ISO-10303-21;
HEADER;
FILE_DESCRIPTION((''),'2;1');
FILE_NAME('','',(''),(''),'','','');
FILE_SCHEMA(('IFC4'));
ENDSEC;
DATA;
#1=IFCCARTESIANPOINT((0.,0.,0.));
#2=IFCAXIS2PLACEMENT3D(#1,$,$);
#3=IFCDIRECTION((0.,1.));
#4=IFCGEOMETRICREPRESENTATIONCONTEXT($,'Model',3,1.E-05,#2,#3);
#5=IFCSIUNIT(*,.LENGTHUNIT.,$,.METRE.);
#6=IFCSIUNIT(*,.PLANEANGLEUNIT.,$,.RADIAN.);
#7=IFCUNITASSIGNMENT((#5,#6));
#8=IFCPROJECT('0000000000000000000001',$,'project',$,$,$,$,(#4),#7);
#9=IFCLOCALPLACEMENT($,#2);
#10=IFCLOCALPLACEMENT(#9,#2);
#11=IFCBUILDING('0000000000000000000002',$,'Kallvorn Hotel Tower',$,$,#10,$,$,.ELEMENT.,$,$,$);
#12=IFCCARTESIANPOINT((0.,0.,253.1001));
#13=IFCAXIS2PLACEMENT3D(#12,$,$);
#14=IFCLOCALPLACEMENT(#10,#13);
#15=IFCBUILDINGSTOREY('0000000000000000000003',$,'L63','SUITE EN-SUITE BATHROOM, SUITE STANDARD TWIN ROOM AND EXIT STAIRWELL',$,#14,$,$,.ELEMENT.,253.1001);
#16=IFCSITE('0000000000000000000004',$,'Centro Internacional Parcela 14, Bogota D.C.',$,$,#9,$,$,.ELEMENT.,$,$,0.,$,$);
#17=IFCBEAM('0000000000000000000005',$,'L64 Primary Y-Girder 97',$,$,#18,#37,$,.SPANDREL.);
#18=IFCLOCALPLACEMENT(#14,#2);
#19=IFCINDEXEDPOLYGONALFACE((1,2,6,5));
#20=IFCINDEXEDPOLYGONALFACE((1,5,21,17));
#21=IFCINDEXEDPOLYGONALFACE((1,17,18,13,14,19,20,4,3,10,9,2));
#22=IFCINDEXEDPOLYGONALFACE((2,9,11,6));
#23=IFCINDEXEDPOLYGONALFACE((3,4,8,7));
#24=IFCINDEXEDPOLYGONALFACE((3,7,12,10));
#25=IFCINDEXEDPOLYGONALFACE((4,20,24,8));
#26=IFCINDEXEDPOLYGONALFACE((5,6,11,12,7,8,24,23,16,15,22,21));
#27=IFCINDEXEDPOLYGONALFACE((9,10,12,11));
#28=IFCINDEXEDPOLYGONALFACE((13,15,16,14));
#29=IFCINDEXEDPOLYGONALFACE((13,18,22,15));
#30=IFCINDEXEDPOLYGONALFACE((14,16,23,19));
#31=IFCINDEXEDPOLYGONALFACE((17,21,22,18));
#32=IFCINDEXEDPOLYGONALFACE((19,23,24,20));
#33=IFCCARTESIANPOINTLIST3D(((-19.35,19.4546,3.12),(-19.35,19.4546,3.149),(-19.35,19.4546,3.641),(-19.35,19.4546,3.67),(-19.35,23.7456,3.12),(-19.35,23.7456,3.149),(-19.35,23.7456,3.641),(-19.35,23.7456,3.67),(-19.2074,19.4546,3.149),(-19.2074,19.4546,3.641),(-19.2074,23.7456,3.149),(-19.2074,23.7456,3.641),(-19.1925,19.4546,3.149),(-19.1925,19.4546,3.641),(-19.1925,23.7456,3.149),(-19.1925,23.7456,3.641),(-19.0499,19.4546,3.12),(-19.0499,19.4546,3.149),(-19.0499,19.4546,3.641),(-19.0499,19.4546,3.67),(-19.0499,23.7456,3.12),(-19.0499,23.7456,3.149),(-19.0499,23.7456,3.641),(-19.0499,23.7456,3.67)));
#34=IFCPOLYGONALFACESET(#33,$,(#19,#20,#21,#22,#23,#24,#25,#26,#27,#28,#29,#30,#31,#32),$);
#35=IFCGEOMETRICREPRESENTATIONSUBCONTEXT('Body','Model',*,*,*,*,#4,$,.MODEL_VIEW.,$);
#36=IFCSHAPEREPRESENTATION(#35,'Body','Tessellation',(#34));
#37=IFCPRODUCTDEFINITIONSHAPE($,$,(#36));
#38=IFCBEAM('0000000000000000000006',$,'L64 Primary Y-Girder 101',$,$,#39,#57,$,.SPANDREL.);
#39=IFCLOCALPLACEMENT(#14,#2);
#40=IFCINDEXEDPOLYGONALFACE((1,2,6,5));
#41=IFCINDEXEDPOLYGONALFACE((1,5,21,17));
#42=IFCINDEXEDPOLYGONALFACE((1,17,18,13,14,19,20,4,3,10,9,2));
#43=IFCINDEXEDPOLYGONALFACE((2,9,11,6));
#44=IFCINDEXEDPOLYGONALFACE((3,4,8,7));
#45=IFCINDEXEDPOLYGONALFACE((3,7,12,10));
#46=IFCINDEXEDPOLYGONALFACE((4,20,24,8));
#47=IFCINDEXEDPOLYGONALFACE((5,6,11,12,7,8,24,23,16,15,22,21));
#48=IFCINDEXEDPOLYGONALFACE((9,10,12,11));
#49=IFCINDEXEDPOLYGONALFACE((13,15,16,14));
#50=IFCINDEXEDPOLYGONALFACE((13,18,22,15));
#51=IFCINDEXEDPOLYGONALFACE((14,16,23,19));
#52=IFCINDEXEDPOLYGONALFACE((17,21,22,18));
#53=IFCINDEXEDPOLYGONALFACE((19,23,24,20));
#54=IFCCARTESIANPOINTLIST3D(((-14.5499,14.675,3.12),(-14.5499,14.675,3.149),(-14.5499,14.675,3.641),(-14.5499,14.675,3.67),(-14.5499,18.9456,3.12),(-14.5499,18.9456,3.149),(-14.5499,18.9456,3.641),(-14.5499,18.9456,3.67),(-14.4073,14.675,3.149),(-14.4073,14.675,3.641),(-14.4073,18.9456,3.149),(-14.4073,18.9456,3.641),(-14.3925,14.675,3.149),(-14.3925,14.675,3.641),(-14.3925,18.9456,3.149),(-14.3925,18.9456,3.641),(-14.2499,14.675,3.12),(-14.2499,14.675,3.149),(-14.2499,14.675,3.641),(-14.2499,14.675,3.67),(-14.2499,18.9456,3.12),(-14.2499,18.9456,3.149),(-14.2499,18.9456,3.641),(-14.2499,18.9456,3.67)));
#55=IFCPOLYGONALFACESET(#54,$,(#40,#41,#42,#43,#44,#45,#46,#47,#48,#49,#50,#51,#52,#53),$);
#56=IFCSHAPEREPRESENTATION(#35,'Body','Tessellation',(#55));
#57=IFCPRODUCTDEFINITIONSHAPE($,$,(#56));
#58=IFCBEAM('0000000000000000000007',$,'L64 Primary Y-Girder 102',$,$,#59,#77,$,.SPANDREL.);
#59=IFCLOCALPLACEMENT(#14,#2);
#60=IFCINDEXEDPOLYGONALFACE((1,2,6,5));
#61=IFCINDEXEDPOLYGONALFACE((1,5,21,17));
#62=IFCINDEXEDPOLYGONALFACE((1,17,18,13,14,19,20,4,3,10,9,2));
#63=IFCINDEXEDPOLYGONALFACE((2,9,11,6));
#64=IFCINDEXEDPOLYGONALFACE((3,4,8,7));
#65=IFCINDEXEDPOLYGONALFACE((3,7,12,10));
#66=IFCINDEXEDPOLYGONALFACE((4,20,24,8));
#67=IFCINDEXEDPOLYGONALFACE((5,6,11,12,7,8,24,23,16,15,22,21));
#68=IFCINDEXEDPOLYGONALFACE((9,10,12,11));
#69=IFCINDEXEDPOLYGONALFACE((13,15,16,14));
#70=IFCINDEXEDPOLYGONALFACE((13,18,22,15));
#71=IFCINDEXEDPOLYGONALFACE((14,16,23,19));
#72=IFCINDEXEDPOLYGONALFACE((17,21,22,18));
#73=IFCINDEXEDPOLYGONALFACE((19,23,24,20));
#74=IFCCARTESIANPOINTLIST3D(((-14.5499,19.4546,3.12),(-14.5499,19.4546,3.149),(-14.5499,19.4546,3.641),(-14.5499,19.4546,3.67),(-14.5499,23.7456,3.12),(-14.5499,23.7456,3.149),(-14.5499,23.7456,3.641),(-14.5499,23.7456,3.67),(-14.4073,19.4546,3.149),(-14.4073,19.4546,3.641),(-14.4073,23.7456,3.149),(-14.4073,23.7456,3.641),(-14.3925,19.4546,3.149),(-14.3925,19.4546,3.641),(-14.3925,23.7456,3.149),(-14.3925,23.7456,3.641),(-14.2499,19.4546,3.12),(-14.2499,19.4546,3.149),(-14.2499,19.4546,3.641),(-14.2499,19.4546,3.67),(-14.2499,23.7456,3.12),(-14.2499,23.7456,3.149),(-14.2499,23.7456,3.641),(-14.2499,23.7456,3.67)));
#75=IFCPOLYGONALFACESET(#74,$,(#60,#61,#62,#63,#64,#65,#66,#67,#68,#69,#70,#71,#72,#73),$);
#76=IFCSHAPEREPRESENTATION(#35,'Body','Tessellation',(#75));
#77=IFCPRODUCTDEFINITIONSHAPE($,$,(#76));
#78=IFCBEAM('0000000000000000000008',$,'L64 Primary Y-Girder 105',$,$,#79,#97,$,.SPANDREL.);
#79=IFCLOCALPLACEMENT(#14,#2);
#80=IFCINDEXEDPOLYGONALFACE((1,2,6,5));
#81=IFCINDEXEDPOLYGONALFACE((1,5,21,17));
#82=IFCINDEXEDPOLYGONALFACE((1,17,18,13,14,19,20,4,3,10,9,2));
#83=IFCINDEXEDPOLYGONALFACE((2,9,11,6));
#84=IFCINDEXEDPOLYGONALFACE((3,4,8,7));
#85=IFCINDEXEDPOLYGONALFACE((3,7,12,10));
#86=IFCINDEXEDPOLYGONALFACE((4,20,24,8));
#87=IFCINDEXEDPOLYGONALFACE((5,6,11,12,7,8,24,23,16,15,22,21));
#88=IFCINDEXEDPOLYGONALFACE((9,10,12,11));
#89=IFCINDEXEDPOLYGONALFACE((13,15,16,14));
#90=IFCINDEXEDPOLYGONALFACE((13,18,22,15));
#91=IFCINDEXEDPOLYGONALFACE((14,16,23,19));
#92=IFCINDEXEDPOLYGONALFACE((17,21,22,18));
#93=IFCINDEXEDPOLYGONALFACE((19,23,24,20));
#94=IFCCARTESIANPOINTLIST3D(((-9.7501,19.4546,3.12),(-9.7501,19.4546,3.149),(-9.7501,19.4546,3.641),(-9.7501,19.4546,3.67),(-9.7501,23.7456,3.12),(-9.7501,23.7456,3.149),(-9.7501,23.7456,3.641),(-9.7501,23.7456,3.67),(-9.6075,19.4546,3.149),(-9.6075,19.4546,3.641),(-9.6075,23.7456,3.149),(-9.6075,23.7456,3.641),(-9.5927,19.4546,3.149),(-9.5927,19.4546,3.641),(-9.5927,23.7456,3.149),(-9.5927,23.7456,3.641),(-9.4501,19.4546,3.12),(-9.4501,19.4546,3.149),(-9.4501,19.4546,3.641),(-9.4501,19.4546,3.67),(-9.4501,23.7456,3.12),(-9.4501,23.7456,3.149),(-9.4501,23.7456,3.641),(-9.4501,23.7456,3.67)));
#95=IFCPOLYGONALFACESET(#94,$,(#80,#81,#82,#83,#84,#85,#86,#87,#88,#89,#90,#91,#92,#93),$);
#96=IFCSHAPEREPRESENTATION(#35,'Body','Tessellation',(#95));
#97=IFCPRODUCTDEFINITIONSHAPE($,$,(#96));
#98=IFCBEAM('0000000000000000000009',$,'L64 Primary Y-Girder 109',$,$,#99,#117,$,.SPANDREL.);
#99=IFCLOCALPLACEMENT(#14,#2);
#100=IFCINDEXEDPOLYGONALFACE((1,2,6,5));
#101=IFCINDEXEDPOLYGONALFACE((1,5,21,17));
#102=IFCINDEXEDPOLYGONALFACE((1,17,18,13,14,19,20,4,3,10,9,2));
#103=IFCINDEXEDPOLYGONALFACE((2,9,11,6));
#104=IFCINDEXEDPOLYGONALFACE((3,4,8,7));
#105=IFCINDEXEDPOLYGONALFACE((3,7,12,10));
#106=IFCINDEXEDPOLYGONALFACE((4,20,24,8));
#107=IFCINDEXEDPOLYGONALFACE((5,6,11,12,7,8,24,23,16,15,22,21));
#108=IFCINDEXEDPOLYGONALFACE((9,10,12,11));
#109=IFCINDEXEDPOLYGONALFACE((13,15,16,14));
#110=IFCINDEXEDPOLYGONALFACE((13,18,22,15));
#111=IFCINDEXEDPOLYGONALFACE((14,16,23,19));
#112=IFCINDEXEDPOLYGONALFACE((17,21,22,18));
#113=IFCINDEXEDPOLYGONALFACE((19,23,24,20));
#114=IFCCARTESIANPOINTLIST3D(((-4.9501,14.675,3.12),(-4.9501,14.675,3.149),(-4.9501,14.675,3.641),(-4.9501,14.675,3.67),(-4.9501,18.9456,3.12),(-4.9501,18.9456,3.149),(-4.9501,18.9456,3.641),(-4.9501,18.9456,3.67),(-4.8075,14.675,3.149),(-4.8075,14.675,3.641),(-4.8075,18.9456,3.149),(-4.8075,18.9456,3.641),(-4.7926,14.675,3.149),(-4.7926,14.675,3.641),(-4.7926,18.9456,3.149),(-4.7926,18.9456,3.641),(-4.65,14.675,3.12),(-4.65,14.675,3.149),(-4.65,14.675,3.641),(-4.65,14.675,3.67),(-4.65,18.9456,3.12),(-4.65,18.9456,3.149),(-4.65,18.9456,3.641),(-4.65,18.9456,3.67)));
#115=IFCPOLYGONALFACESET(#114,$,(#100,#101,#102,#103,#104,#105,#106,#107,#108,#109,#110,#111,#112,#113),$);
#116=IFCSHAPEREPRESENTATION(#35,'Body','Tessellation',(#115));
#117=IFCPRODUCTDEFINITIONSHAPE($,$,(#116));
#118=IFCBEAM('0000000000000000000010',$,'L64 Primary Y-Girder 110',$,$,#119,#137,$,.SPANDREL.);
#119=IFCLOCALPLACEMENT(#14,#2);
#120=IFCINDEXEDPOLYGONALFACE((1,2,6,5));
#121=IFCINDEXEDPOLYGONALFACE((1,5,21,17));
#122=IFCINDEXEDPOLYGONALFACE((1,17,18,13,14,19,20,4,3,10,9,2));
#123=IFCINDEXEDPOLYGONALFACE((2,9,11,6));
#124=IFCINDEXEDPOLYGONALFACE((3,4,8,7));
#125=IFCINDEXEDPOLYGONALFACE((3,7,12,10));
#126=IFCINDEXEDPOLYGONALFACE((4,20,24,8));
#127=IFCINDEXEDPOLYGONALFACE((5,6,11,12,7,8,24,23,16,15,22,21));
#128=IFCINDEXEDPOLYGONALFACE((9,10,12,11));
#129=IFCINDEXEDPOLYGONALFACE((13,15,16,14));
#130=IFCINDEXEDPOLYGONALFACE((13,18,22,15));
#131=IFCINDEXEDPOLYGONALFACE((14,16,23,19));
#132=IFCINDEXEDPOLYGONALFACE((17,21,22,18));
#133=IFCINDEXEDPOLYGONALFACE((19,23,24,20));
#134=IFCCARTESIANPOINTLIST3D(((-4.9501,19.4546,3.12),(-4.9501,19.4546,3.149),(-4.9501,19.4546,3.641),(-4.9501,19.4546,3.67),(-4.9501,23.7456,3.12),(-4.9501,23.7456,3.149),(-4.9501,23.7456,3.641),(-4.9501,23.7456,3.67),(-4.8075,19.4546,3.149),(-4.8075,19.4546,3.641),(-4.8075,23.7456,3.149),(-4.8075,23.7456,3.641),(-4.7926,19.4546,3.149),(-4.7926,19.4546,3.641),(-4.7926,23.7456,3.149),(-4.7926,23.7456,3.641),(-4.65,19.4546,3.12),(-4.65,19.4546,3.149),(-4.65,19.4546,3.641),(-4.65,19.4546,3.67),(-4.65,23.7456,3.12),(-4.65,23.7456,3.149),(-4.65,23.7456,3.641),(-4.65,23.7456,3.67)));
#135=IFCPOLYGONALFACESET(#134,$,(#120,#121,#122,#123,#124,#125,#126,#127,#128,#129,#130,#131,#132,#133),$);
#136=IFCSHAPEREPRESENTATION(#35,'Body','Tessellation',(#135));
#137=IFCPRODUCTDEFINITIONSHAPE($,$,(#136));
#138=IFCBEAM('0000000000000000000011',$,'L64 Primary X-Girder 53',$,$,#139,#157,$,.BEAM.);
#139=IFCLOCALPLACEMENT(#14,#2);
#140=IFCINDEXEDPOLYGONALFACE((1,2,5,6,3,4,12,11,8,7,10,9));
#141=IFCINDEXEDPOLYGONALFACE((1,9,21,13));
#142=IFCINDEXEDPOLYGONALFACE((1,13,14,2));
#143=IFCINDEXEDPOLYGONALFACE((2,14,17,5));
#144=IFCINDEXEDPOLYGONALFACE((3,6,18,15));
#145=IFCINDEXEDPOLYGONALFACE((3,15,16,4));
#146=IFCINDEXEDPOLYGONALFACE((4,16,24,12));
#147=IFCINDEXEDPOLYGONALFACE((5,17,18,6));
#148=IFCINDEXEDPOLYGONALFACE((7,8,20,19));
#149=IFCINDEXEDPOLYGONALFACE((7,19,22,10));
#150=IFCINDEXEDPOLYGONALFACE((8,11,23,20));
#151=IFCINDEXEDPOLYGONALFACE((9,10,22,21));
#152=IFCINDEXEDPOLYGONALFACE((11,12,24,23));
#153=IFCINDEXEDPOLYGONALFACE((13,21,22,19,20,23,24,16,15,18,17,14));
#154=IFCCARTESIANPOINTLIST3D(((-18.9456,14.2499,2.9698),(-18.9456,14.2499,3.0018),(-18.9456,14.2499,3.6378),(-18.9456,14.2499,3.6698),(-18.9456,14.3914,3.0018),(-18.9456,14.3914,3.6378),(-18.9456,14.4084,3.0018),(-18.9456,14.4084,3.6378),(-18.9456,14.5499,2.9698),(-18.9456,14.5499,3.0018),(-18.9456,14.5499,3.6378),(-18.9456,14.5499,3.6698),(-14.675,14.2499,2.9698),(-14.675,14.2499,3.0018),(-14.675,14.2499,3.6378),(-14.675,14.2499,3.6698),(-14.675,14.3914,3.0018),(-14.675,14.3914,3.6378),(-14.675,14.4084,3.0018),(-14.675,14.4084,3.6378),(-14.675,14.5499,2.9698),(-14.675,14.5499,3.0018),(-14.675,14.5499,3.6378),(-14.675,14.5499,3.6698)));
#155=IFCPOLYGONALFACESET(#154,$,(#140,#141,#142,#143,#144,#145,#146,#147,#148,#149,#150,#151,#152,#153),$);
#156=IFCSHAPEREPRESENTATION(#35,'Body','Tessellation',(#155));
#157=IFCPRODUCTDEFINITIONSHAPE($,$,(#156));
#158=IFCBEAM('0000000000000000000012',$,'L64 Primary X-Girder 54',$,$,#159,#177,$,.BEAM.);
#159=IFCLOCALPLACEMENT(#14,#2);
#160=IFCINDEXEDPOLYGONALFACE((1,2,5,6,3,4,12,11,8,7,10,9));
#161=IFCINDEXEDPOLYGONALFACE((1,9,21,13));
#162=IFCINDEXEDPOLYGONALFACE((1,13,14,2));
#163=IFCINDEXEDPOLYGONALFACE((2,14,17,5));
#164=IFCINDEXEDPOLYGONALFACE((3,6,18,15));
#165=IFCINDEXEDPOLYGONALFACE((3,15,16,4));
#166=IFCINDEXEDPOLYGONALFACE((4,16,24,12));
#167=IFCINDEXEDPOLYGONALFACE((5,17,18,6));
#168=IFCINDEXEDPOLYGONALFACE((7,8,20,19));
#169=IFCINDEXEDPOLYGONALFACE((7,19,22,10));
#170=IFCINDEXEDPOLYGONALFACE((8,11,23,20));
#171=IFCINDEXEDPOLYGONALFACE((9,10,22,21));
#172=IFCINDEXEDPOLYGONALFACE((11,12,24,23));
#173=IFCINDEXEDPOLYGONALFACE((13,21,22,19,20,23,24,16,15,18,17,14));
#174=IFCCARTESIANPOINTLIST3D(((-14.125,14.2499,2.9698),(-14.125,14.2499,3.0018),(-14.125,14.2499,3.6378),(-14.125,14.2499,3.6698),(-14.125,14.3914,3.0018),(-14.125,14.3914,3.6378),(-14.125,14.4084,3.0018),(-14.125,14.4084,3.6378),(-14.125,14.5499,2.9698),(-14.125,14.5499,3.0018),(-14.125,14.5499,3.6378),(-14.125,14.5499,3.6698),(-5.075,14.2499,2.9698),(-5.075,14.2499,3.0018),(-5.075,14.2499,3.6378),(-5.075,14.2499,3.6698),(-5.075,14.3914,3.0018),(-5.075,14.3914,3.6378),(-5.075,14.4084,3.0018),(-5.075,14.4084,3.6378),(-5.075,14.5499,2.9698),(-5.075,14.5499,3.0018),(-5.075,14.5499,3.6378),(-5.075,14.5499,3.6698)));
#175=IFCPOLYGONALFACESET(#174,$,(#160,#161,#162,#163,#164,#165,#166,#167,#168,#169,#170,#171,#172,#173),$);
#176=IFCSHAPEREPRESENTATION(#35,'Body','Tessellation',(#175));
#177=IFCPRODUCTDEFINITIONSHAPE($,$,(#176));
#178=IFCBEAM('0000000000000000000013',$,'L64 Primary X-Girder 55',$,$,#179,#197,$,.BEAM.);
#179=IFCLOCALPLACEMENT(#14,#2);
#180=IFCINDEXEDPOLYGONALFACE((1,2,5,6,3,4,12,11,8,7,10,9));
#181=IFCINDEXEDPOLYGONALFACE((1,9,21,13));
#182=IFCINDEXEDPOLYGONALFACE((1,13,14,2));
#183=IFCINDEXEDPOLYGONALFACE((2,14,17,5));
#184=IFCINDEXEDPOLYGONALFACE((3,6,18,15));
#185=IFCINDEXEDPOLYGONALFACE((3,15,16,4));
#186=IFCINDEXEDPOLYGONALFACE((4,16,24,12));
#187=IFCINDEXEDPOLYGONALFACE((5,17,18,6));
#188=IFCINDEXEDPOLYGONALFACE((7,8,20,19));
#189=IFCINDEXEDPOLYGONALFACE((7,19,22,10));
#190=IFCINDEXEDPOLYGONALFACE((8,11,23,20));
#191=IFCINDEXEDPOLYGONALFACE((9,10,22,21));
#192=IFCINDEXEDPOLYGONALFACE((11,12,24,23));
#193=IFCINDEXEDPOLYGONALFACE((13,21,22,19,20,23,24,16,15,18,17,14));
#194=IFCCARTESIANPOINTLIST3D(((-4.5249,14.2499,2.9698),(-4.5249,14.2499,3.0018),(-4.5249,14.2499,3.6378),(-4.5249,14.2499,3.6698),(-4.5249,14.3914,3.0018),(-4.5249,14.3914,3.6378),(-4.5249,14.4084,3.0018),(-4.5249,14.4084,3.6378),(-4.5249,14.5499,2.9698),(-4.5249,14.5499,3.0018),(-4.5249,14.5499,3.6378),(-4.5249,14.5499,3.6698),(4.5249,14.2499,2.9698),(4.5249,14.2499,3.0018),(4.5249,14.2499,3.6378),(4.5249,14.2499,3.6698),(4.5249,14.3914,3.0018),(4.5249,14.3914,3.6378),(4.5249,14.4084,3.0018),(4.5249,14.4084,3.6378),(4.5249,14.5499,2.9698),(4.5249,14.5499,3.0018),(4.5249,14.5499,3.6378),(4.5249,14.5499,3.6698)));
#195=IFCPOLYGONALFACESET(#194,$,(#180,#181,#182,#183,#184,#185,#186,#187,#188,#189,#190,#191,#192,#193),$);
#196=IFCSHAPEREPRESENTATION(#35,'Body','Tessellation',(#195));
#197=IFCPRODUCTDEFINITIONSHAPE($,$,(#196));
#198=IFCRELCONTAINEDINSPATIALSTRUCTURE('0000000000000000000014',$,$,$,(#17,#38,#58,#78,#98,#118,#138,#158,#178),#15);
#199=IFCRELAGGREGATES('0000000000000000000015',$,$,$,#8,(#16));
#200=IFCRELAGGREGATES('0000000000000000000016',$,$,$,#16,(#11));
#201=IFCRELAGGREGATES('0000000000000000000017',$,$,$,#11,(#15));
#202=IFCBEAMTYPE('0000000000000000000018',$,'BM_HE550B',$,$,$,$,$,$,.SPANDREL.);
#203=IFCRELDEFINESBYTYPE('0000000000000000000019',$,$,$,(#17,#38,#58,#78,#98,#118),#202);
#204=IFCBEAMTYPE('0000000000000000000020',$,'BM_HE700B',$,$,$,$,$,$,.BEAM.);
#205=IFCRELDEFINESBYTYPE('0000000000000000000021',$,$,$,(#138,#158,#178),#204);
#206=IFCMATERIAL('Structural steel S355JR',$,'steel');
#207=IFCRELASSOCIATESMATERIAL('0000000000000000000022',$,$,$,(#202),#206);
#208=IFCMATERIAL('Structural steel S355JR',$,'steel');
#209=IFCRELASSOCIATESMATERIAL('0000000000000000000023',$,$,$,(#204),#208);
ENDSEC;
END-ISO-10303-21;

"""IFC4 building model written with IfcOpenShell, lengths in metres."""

from ifc_helpers import new_model, si_unit, direction, frame, origin, origin_2d, place, context, subcontext, project, spatial, i_section, extrude, material, material_profile, profile_set, type_object, element, save


model = new_model("IFC4")

# Units and contexts
model_context = context("Model", 3, precision=1e-05, world=origin(), true_north=direction((0.0, 1.0)))
body_context = subcontext(model_context, "Body", "Model", "MODEL_VIEW")
ifc_project = project(units=[si_unit("LENGTHUNIT", "METRE"), si_unit("PLANEANGLEUNIT", "RADIAN")], contexts=[model_context])

# Site, building, storey
site_placement = place(None, origin())
site = spatial("IfcSite", under=ifc_project, at=site_placement, Name="Centro Internacional Parcela 14, Bogota D.C.", CompositionType="ELEMENT", RefElevation=0.0)
building_placement = place(site_placement, origin())
building = spatial("IfcBuilding", under=site, at=building_placement, Name="Kallvorn Hotel Tower", CompositionType="ELEMENT")
storey_placement = place(building_placement, frame((0.0, 0.0, 253.1001)))
storey = spatial("IfcBuildingStorey", under=building, at=storey_placement, Name="L63", Description="SUITE EN-SUITE BATHROOM, SUITE STANDARD TWIN ROOM AND EXIT STAIRWELL", CompositionType="ELEMENT", Elevation=253.1001)

# Beams
ifc_material_1 = material(Name="Structural steel S355JR", Category="steel")
ifc_material_profile_1 = material_profile(ifc_material_1, i_section(OverallWidth=0.3, OverallDepth=0.55, WebThickness=0.0149, FlangeThickness=0.0291, at=origin_2d()), Name="HE 550 B")
ifc_profile_set_1 = profile_set([ifc_material_profile_1], Name="Structural steel S355JR")
beam_type_1 = type_object("IfcBeamType", Name="BM_HE550B", PredefinedType="SPANDREL", material=ifc_profile_set_1)
beam_1_placement = place(storey_placement, frame((-19.2, 19.4546, 3.395), z_axis=(0.0, 1.0, 0.0), x_axis=(-1.0, 0.0, 0.0)))
element("IfcBeam", 1, at=beam_1_placement, inside=storey, type_object=beam_type_1, Name="L64 Primary Y-Girder 97", PredefinedType="SPANDREL", context=body_context, shape_type="SweptSolid", body=[
    extrude(i_section(OverallWidth=0.3, OverallDepth=0.55, WebThickness=0.0149, FlangeThickness=0.0291, at=origin_2d()), origin(), (0.0, 0.0, 1.0), 4.291),
])
beam_2_placement = place(storey_placement, frame((-14.3999, 14.675, 3.395), z_axis=(0.0, 1.0, 0.0), x_axis=(-1.0, 0.0, 0.0)))
element("IfcBeam", 2, at=beam_2_placement, inside=storey, type_object=beam_type_1, Name="L64 Primary Y-Girder 101", PredefinedType="SPANDREL", context=body_context, shape_type="SweptSolid", body=[
    extrude(i_section(OverallWidth=0.3, OverallDepth=0.55, WebThickness=0.0149, FlangeThickness=0.0291, at=origin_2d()), origin(), (0.0, 0.0, 1.0), 4.2705),
])
for number, where, z_axis, x_axis, name in (
    (3, (-14.3999, 19.4546, 3.395), (0.0, 1.0, 0.0), (-1.0, 0.0, 0.0), "L64 Primary Y-Girder 102"),
    (4, (-9.6001, 19.4546, 3.395), (0.0, 1.0, 0.0), (-1.0, 0.0, 0.0), "L64 Primary Y-Girder 105"),
):
    element("IfcBeam", number, at=place(storey_placement, frame(where, z_axis=z_axis, x_axis=x_axis)), inside=storey, type_object=beam_type_1, Name=name, PredefinedType="SPANDREL", context=body_context, shape_type="SweptSolid", body=[
        extrude(i_section(OverallWidth=0.3, OverallDepth=0.55, WebThickness=0.0149, FlangeThickness=0.0291, at=origin_2d()), origin(), (0.0, 0.0, 1.0), 4.291),
    ])
beam_3_placement = place(storey_placement, frame((-4.8, 14.675, 3.395), z_axis=(0.0, 1.0, 0.0), x_axis=(-1.0, 0.0, 0.0)))
element("IfcBeam", 5, at=beam_3_placement, inside=storey, type_object=beam_type_1, Name="L64 Primary Y-Girder 109", PredefinedType="SPANDREL", context=body_context, shape_type="SweptSolid", body=[
    extrude(i_section(OverallWidth=0.3, OverallDepth=0.55, WebThickness=0.0149, FlangeThickness=0.0291, at=origin_2d()), origin(), (0.0, 0.0, 1.0), 4.2705),
])
beam_4_placement = place(storey_placement, frame((-4.8, 19.4546, 3.395), z_axis=(0.0, 1.0, 0.0), x_axis=(-1.0, 0.0, 0.0)))
element("IfcBeam", 6, at=beam_4_placement, inside=storey, type_object=beam_type_1, Name="L64 Primary Y-Girder 110", PredefinedType="SPANDREL", context=body_context, shape_type="SweptSolid", body=[
    extrude(i_section(OverallWidth=0.3, OverallDepth=0.55, WebThickness=0.0149, FlangeThickness=0.0291, at=origin_2d()), origin(), (0.0, 0.0, 1.0), 4.291),
])
ifc_material_2 = material(Name="Structural steel S355JR", Category="steel")
ifc_material_profile_2 = material_profile(ifc_material_2, i_section(OverallWidth=0.3, OverallDepth=0.7, WebThickness=0.0171, FlangeThickness=0.032, at=origin_2d()), Name="HE 700 B")
ifc_profile_set_2 = profile_set([ifc_material_profile_2], Name="Structural steel S355JR")
beam_type_2 = type_object("IfcBeamType", Name="BM_HE700B", PredefinedType="BEAM", material=ifc_profile_set_2)
beam_5_placement = place(storey_placement, frame((-18.9456, 14.3999, 3.3198), z_axis=(1.0, 0.0, 0.0), x_axis=(0.0, 1.0, 0.0)))
element("IfcBeam", 7, at=beam_5_placement, inside=storey, type_object=beam_type_2, Name="L64 Primary X-Girder 53", PredefinedType="BEAM", context=body_context, shape_type="SweptSolid", body=[
    extrude(i_section(OverallWidth=0.3, OverallDepth=0.7, WebThickness=0.0171, FlangeThickness=0.032, at=origin_2d()), origin(), (0.0, 0.0, 1.0), 4.2705),
])
beam_6_placement = place(storey_placement, frame((-14.125, 14.3999, 3.3198), z_axis=(1.0, 0.0, 0.0), x_axis=(0.0, 1.0, 0.0)))
element("IfcBeam", 8, at=beam_6_placement, inside=storey, type_object=beam_type_2, Name="L64 Primary X-Girder 54", PredefinedType="BEAM", context=body_context, shape_type="SweptSolid", body=[
    extrude(i_section(OverallWidth=0.3, OverallDepth=0.7, WebThickness=0.0171, FlangeThickness=0.032, at=origin_2d()), origin(), (0.0, 0.0, 1.0), 9.05),
])
beam_7_placement = place(storey_placement, frame((-4.5249, 14.3999, 3.3198), z_axis=(1.0, 0.0, 0.0), x_axis=(0.0, 1.0, 0.0)))
element("IfcBeam", 9, at=beam_7_placement, inside=storey, type_object=beam_type_2, Name="L64 Primary X-Girder 55", PredefinedType="BEAM", context=body_context, shape_type="SweptSolid", body=[
    extrude(i_section(OverallWidth=0.3, OverallDepth=0.7, WebThickness=0.0171, FlangeThickness=0.032, at=origin_2d()), origin(), (0.0, 0.0, 1.0), 9.0498),
])

save(model, "model.ifc")
